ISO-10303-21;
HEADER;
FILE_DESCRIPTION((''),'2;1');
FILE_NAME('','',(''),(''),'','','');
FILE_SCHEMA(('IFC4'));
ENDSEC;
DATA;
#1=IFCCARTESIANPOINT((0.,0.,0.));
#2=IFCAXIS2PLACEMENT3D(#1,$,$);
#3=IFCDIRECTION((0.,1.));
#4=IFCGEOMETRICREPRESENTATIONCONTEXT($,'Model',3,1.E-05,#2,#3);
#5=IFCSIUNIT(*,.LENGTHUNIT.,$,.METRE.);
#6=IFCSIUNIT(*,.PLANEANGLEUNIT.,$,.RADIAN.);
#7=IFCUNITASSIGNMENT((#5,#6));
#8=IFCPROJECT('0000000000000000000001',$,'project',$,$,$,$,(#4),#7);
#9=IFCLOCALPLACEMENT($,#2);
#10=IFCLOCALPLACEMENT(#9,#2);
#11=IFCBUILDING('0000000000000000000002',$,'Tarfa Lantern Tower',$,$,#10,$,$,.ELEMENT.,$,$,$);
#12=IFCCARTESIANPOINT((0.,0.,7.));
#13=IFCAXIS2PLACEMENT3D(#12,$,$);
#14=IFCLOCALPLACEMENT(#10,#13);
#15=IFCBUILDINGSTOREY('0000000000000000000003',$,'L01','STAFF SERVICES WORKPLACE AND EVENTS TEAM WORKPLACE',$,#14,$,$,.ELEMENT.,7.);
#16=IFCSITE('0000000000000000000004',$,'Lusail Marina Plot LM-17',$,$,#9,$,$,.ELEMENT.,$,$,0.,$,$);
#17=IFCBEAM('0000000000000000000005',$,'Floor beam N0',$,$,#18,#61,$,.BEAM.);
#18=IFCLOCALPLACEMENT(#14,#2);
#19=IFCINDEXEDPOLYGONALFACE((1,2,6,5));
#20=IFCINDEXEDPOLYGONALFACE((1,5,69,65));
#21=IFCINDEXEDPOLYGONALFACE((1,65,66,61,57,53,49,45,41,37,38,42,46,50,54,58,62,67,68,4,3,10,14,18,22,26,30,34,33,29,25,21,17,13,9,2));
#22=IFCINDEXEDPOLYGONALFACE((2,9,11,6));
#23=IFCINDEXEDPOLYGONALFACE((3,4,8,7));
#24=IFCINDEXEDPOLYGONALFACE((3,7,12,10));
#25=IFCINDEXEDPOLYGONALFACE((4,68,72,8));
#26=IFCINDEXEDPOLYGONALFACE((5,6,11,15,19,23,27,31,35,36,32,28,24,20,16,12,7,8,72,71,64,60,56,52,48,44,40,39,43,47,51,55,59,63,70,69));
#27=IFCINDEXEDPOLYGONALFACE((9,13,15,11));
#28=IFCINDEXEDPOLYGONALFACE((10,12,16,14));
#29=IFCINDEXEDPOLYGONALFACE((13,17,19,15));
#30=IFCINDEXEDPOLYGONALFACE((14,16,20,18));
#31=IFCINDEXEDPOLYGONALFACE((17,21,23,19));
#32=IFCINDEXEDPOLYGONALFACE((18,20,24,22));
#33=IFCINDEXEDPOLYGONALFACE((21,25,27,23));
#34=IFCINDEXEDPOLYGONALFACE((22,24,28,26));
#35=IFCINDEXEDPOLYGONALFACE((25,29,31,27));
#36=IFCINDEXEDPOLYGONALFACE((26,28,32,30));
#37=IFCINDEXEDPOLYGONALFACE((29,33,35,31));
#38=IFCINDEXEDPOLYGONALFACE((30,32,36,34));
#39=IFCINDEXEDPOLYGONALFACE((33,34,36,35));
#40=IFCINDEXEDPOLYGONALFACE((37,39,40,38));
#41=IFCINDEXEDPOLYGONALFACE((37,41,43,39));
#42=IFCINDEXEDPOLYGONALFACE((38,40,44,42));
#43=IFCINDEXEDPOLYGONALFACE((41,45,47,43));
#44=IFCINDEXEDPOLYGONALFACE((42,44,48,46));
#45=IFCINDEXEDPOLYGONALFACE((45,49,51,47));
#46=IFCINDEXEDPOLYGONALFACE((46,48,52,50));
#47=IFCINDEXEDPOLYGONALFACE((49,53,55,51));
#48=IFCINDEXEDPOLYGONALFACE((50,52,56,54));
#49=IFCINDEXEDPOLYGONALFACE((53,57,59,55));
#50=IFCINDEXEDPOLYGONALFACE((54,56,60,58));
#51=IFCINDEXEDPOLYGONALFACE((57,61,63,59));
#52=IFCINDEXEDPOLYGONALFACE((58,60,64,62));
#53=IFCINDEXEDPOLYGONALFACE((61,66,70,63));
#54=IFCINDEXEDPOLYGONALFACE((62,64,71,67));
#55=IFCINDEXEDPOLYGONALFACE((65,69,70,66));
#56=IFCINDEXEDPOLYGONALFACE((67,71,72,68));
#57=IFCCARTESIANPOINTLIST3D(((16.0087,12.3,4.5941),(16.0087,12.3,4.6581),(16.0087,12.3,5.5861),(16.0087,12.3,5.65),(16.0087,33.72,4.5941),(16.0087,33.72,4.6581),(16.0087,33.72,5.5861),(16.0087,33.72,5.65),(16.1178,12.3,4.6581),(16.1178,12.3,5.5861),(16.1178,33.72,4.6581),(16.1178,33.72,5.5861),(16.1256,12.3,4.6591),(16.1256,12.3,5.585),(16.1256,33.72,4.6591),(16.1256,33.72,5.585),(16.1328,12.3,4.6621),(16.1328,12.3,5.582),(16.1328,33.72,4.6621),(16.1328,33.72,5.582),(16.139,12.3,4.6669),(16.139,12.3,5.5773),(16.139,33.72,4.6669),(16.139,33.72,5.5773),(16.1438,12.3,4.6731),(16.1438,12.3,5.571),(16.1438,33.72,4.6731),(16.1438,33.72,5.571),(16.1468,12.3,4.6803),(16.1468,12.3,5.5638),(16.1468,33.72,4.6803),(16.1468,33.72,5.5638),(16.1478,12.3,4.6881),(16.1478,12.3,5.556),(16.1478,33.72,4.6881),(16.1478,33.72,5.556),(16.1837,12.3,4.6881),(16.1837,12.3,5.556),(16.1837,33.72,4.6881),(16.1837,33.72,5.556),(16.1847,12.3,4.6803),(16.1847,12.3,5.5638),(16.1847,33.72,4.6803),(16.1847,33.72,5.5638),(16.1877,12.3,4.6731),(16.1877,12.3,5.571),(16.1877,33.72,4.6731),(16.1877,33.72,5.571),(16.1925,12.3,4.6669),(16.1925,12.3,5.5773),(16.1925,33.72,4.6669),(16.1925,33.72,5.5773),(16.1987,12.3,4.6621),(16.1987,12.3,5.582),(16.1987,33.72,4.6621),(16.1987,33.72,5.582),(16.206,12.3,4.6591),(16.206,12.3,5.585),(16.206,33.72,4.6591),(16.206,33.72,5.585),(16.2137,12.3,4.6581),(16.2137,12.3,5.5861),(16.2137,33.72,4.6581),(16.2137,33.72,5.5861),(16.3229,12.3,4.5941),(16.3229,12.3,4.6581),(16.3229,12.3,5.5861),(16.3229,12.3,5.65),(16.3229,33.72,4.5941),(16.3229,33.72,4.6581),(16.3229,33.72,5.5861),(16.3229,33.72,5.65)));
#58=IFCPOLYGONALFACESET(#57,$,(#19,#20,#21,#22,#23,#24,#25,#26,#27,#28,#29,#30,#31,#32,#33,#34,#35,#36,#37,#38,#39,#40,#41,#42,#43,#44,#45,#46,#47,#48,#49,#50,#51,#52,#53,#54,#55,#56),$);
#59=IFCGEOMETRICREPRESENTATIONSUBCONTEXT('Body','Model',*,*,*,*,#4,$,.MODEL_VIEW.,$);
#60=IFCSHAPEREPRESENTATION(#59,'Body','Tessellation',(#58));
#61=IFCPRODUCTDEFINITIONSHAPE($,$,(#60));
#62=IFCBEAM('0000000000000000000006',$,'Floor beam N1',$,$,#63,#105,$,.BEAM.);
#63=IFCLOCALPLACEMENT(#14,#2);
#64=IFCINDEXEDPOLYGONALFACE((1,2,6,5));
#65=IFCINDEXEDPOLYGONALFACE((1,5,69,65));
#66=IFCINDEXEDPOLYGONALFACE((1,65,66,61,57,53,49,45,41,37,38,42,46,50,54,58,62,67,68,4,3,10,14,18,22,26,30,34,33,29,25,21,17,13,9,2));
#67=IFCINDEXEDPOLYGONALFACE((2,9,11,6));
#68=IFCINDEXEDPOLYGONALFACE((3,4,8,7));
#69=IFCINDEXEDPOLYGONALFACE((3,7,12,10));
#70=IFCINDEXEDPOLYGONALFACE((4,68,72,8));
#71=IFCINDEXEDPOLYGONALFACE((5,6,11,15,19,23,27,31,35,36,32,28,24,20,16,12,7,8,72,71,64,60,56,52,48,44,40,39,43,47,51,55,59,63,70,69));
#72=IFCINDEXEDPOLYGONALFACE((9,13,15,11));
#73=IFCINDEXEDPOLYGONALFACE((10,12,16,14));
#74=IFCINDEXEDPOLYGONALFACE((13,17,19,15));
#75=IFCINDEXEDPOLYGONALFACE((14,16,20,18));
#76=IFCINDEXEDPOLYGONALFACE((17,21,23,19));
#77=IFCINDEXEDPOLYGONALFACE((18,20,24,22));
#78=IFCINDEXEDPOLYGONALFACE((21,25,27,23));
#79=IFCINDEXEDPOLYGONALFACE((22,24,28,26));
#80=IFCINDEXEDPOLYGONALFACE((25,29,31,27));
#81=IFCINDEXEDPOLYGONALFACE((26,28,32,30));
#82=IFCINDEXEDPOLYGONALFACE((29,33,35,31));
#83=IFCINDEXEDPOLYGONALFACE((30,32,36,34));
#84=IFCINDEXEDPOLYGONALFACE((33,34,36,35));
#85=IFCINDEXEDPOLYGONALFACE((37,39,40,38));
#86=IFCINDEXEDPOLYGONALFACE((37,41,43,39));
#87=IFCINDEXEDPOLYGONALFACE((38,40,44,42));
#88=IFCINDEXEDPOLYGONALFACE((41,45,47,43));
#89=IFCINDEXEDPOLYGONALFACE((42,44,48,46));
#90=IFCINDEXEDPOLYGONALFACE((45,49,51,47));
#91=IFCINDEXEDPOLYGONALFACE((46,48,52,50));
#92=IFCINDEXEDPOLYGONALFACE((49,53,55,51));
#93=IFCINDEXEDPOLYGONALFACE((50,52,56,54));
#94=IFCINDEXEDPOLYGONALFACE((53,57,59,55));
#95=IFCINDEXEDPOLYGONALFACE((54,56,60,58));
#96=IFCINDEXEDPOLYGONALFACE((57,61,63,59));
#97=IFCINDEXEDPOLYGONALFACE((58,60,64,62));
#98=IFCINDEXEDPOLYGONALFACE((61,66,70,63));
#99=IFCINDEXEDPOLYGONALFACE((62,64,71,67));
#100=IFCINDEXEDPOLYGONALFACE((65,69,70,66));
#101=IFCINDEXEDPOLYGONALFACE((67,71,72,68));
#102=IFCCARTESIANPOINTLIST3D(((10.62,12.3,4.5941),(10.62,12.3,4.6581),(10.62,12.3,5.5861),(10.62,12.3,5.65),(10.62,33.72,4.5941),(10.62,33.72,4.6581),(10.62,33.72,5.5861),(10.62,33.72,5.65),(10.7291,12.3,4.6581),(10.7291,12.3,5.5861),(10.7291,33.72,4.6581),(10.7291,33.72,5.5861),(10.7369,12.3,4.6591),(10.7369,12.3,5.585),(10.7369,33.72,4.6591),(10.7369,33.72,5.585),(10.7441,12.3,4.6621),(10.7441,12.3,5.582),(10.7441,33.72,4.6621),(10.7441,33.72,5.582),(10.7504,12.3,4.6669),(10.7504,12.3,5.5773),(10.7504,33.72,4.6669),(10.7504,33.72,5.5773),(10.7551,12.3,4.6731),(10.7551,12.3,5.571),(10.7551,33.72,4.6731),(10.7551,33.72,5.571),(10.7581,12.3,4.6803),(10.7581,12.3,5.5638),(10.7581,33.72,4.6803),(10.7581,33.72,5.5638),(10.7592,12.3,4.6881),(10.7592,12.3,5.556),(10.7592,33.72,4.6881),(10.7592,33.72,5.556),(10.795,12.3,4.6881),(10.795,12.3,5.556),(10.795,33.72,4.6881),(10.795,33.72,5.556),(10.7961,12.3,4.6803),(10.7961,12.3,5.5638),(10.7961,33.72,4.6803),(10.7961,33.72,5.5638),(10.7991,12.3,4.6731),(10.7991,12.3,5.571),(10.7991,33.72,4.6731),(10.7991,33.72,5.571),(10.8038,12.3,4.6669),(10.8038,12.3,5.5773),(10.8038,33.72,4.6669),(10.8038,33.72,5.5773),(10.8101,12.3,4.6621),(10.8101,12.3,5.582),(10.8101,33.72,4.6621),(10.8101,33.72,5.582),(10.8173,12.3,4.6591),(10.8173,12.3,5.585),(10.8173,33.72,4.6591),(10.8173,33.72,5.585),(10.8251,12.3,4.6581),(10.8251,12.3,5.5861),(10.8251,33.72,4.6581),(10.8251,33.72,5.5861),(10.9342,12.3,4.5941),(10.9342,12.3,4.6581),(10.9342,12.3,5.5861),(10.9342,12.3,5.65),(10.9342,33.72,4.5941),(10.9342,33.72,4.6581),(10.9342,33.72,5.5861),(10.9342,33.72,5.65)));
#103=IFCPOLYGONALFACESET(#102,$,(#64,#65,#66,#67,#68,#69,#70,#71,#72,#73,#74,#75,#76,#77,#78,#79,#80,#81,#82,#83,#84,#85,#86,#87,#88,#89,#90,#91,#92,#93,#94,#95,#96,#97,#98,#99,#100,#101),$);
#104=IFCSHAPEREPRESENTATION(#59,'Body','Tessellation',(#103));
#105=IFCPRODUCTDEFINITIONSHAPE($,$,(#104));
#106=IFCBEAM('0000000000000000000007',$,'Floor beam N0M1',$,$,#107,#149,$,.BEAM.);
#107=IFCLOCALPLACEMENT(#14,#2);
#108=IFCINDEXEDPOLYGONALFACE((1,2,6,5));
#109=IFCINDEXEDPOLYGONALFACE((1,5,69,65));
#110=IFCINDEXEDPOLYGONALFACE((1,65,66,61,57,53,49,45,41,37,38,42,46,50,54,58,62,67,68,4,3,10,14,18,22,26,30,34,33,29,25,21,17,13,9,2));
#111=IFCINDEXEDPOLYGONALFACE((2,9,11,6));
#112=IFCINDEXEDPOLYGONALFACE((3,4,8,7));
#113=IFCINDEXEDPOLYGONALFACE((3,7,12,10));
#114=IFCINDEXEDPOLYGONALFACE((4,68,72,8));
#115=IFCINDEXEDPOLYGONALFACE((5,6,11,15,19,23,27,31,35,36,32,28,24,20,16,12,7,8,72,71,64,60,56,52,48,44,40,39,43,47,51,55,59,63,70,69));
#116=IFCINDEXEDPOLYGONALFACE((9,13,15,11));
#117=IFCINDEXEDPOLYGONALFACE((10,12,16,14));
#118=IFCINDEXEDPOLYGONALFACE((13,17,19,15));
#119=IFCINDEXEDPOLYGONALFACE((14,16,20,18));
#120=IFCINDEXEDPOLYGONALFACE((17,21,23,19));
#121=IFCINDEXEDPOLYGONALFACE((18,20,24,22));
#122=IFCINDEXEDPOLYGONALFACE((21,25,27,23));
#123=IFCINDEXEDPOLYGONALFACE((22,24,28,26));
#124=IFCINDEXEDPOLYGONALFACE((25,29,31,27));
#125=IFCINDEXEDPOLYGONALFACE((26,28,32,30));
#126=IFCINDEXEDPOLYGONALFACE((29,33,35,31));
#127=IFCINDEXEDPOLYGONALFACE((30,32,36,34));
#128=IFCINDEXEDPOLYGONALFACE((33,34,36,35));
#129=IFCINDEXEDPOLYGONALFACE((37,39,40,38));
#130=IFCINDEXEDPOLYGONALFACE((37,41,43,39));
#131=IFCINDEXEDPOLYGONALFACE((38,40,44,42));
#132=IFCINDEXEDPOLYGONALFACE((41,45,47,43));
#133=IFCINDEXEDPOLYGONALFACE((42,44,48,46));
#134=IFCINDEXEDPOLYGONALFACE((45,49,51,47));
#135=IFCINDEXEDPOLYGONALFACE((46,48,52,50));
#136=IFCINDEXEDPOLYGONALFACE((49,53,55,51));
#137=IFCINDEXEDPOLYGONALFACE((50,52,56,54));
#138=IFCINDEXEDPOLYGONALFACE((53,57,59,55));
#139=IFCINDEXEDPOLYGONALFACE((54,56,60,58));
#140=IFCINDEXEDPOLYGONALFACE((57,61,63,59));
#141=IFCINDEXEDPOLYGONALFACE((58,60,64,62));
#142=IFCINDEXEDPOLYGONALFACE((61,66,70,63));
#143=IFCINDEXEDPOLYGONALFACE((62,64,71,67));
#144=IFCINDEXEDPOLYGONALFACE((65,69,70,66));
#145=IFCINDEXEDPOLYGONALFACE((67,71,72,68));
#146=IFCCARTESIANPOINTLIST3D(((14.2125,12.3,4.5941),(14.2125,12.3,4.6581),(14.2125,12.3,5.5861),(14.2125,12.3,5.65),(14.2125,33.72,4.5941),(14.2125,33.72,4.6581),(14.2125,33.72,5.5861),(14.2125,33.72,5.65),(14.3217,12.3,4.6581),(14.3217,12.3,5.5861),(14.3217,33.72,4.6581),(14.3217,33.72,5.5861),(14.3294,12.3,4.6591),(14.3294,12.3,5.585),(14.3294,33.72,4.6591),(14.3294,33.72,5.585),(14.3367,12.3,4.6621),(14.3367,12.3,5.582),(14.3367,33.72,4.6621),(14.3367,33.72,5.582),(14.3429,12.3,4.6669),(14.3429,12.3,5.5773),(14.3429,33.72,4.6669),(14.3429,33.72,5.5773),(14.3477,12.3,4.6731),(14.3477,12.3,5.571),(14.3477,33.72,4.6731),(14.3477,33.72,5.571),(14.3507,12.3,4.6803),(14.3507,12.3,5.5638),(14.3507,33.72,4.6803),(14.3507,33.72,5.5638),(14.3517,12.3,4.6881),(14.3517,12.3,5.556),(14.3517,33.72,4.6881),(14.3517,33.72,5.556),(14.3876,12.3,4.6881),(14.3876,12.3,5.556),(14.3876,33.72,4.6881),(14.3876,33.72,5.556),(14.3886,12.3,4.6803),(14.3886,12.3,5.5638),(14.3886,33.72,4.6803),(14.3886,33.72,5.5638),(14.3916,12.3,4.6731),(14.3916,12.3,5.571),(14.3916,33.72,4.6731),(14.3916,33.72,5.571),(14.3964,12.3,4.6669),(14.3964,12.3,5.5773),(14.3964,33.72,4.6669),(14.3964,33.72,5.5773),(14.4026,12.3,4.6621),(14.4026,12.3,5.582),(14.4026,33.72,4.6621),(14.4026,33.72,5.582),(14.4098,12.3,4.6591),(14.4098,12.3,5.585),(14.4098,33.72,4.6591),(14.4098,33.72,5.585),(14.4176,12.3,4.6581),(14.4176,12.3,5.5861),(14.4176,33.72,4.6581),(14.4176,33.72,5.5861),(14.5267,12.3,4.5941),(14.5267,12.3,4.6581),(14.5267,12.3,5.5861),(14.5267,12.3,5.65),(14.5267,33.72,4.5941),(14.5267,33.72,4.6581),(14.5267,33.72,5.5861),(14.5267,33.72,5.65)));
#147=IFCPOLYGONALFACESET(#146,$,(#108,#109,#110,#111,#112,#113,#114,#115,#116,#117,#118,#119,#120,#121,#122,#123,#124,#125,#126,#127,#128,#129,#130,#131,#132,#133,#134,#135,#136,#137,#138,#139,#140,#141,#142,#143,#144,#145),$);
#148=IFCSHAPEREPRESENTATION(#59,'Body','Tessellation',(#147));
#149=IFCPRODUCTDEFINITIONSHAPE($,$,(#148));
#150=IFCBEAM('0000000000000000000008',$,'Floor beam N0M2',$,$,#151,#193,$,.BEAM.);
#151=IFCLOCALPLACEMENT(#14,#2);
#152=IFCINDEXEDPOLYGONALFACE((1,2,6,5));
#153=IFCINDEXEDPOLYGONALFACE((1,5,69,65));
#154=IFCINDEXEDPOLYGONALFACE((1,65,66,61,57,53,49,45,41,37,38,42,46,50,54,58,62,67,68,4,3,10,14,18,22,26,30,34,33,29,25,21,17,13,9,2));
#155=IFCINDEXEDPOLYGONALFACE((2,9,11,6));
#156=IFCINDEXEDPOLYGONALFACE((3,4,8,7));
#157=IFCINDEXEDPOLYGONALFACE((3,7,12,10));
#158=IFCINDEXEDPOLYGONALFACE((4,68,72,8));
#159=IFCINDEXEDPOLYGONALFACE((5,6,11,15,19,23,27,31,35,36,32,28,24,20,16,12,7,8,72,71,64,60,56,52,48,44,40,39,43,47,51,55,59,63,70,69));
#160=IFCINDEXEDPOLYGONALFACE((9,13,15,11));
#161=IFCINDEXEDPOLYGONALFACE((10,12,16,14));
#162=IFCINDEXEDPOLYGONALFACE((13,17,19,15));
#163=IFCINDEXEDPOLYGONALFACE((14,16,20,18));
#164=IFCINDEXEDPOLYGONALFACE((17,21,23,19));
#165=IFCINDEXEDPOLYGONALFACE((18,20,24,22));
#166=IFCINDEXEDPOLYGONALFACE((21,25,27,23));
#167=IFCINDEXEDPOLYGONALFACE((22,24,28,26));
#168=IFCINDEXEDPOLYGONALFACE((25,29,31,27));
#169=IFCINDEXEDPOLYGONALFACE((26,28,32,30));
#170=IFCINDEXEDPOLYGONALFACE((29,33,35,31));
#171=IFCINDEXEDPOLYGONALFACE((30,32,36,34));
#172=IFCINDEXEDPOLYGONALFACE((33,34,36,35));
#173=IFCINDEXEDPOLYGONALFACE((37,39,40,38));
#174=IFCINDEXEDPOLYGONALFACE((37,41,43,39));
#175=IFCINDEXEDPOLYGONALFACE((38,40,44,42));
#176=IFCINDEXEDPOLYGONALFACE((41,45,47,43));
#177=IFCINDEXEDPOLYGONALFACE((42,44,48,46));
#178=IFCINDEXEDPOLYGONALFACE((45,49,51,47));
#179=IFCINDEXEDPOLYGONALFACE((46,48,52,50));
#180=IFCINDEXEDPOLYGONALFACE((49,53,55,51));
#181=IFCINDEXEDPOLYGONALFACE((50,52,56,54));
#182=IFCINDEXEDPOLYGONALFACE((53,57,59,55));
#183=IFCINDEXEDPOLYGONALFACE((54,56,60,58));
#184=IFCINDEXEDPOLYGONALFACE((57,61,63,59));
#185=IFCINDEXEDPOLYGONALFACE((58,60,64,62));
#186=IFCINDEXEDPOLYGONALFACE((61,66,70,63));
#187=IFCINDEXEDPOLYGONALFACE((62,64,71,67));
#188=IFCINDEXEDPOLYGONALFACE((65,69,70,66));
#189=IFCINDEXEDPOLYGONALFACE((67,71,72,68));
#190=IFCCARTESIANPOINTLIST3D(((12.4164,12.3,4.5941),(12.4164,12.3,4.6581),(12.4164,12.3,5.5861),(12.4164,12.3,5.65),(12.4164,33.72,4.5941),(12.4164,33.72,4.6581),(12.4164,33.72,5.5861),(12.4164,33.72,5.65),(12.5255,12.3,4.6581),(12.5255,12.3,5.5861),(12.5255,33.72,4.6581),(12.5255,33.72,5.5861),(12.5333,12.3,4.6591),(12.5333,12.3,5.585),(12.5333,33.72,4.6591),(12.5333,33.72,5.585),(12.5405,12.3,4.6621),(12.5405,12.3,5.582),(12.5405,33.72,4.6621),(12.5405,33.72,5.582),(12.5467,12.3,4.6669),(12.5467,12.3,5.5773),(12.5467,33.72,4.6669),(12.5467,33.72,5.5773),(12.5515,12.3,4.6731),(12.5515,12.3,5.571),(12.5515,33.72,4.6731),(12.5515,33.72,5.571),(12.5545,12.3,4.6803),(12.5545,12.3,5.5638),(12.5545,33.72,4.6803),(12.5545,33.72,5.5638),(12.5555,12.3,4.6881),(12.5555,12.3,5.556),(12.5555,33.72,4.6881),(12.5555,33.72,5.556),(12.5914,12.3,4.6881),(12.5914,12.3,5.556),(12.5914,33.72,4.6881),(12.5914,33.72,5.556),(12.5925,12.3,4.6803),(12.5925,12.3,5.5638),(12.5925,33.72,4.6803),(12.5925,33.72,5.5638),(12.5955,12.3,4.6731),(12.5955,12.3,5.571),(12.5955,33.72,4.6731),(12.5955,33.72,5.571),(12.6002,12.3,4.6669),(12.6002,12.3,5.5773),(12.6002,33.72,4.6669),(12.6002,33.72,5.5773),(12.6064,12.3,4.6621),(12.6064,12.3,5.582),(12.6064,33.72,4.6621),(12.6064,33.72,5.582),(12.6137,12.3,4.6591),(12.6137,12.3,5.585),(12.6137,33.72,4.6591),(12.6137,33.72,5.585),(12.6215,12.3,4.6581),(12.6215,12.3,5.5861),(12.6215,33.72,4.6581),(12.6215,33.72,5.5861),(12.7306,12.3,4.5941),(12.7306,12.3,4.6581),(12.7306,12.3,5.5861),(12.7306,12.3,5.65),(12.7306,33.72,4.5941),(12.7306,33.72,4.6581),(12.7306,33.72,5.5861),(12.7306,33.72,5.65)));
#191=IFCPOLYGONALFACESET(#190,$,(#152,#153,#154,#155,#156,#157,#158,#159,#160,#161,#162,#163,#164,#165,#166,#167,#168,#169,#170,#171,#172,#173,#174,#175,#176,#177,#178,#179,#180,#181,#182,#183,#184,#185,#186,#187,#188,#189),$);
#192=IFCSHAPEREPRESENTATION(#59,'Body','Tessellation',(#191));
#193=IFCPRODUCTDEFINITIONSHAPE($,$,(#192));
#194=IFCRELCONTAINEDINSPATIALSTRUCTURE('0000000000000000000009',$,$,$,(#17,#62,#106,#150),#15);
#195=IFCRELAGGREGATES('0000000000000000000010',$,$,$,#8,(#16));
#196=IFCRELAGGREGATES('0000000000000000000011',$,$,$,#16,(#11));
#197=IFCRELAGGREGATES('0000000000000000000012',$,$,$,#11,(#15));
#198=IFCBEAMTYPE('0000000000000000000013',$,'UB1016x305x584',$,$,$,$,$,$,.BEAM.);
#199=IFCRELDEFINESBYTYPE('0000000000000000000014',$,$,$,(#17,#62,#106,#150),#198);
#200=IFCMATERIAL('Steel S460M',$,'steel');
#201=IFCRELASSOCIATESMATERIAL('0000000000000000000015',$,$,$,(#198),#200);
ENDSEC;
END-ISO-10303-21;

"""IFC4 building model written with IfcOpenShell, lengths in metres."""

from ifc_helpers import new_model, si_unit, direction, frame, origin, origin_2d, place, context, subcontext, project, spatial, i_section, extrude, material, material_profile, profile_set, type_object, element, save


model = new_model("IFC4")

# Units and contexts
model_context = context("Model", 3, precision=1e-05, world=origin(), true_north=direction((0.0, 1.0)))
body_context = subcontext(model_context, "Body", "Model", "MODEL_VIEW")
ifc_project = project(units=[si_unit("LENGTHUNIT", "METRE"), si_unit("PLANEANGLEUNIT", "RADIAN")], contexts=[model_context])

# Site, building, storey
site_placement = place(None, origin())
site = spatial("IfcSite", under=ifc_project, at=site_placement, Name="Lusail Marina Plot LM-17", CompositionType="ELEMENT", RefElevation=0.0)
building_placement = place(site_placement, origin())
building = spatial("IfcBuilding", under=site, at=building_placement, Name="Tarfa Lantern Tower", CompositionType="ELEMENT")
storey_placement = place(building_placement, frame((0.0, 0.0, 7.0)))
storey = spatial("IfcBuildingStorey", under=building, at=storey_placement, Name="L01", Description="STAFF SERVICES WORKPLACE AND EVENTS TEAM WORKPLACE", CompositionType="ELEMENT", Elevation=7.0)

# Beams
ifc_material_1 = material(Name="Steel S460M", Category="steel")
ifc_material_profile_1 = material_profile(ifc_material_1, i_section(OverallWidth=0.3142, OverallDepth=1.0559, WebThickness=0.0359, FlangeThickness=0.064, FilletRadius=0.03, at=origin_2d()), Name="UB1016x305x584")
ifc_profile_set_1 = profile_set([ifc_material_profile_1], Name="Steel S460M")
beam_type_1 = type_object("IfcBeamType", Name="UB1016x305x584", PredefinedType="BEAM", material=ifc_profile_set_1)
for number, where, z_axis, x_axis, name in (
    (1, (16.1658, 33.72, 5.1221), (0.0, -1.0, 0.0), (1.0, 0.0, 0.0), "Floor beam N0"),
    (2, (10.7771, 33.72, 5.1221), (0.0, -1.0, 0.0), (1.0, 0.0, 0.0), "Floor beam N1"),
    (3, (14.3696, 33.72, 5.1221), (0.0, -1.0, 0.0), (1.0, 0.0, 0.0), "Floor beam N0M1"),
    (4, (12.5735, 33.72, 5.1221), (0.0, -1.0, 0.0), (1.0, 0.0, 0.0), "Floor beam N0M2"),
):
    element("IfcBeam", number, at=place(storey_placement, frame(where, z_axis=z_axis, x_axis=x_axis)), inside=storey, type_object=beam_type_1, Name=name, PredefinedType="BEAM", context=body_context, shape_type="SweptSolid", body=[
        extrude(i_section(OverallWidth=0.3142, OverallDepth=1.0559, WebThickness=0.0359, FlangeThickness=0.064, FilletRadius=0.03, at=origin_2d()), origin(), (0.0, 0.0, 1.0), 21.4199),
    ])

save(model, "model.ifc")
